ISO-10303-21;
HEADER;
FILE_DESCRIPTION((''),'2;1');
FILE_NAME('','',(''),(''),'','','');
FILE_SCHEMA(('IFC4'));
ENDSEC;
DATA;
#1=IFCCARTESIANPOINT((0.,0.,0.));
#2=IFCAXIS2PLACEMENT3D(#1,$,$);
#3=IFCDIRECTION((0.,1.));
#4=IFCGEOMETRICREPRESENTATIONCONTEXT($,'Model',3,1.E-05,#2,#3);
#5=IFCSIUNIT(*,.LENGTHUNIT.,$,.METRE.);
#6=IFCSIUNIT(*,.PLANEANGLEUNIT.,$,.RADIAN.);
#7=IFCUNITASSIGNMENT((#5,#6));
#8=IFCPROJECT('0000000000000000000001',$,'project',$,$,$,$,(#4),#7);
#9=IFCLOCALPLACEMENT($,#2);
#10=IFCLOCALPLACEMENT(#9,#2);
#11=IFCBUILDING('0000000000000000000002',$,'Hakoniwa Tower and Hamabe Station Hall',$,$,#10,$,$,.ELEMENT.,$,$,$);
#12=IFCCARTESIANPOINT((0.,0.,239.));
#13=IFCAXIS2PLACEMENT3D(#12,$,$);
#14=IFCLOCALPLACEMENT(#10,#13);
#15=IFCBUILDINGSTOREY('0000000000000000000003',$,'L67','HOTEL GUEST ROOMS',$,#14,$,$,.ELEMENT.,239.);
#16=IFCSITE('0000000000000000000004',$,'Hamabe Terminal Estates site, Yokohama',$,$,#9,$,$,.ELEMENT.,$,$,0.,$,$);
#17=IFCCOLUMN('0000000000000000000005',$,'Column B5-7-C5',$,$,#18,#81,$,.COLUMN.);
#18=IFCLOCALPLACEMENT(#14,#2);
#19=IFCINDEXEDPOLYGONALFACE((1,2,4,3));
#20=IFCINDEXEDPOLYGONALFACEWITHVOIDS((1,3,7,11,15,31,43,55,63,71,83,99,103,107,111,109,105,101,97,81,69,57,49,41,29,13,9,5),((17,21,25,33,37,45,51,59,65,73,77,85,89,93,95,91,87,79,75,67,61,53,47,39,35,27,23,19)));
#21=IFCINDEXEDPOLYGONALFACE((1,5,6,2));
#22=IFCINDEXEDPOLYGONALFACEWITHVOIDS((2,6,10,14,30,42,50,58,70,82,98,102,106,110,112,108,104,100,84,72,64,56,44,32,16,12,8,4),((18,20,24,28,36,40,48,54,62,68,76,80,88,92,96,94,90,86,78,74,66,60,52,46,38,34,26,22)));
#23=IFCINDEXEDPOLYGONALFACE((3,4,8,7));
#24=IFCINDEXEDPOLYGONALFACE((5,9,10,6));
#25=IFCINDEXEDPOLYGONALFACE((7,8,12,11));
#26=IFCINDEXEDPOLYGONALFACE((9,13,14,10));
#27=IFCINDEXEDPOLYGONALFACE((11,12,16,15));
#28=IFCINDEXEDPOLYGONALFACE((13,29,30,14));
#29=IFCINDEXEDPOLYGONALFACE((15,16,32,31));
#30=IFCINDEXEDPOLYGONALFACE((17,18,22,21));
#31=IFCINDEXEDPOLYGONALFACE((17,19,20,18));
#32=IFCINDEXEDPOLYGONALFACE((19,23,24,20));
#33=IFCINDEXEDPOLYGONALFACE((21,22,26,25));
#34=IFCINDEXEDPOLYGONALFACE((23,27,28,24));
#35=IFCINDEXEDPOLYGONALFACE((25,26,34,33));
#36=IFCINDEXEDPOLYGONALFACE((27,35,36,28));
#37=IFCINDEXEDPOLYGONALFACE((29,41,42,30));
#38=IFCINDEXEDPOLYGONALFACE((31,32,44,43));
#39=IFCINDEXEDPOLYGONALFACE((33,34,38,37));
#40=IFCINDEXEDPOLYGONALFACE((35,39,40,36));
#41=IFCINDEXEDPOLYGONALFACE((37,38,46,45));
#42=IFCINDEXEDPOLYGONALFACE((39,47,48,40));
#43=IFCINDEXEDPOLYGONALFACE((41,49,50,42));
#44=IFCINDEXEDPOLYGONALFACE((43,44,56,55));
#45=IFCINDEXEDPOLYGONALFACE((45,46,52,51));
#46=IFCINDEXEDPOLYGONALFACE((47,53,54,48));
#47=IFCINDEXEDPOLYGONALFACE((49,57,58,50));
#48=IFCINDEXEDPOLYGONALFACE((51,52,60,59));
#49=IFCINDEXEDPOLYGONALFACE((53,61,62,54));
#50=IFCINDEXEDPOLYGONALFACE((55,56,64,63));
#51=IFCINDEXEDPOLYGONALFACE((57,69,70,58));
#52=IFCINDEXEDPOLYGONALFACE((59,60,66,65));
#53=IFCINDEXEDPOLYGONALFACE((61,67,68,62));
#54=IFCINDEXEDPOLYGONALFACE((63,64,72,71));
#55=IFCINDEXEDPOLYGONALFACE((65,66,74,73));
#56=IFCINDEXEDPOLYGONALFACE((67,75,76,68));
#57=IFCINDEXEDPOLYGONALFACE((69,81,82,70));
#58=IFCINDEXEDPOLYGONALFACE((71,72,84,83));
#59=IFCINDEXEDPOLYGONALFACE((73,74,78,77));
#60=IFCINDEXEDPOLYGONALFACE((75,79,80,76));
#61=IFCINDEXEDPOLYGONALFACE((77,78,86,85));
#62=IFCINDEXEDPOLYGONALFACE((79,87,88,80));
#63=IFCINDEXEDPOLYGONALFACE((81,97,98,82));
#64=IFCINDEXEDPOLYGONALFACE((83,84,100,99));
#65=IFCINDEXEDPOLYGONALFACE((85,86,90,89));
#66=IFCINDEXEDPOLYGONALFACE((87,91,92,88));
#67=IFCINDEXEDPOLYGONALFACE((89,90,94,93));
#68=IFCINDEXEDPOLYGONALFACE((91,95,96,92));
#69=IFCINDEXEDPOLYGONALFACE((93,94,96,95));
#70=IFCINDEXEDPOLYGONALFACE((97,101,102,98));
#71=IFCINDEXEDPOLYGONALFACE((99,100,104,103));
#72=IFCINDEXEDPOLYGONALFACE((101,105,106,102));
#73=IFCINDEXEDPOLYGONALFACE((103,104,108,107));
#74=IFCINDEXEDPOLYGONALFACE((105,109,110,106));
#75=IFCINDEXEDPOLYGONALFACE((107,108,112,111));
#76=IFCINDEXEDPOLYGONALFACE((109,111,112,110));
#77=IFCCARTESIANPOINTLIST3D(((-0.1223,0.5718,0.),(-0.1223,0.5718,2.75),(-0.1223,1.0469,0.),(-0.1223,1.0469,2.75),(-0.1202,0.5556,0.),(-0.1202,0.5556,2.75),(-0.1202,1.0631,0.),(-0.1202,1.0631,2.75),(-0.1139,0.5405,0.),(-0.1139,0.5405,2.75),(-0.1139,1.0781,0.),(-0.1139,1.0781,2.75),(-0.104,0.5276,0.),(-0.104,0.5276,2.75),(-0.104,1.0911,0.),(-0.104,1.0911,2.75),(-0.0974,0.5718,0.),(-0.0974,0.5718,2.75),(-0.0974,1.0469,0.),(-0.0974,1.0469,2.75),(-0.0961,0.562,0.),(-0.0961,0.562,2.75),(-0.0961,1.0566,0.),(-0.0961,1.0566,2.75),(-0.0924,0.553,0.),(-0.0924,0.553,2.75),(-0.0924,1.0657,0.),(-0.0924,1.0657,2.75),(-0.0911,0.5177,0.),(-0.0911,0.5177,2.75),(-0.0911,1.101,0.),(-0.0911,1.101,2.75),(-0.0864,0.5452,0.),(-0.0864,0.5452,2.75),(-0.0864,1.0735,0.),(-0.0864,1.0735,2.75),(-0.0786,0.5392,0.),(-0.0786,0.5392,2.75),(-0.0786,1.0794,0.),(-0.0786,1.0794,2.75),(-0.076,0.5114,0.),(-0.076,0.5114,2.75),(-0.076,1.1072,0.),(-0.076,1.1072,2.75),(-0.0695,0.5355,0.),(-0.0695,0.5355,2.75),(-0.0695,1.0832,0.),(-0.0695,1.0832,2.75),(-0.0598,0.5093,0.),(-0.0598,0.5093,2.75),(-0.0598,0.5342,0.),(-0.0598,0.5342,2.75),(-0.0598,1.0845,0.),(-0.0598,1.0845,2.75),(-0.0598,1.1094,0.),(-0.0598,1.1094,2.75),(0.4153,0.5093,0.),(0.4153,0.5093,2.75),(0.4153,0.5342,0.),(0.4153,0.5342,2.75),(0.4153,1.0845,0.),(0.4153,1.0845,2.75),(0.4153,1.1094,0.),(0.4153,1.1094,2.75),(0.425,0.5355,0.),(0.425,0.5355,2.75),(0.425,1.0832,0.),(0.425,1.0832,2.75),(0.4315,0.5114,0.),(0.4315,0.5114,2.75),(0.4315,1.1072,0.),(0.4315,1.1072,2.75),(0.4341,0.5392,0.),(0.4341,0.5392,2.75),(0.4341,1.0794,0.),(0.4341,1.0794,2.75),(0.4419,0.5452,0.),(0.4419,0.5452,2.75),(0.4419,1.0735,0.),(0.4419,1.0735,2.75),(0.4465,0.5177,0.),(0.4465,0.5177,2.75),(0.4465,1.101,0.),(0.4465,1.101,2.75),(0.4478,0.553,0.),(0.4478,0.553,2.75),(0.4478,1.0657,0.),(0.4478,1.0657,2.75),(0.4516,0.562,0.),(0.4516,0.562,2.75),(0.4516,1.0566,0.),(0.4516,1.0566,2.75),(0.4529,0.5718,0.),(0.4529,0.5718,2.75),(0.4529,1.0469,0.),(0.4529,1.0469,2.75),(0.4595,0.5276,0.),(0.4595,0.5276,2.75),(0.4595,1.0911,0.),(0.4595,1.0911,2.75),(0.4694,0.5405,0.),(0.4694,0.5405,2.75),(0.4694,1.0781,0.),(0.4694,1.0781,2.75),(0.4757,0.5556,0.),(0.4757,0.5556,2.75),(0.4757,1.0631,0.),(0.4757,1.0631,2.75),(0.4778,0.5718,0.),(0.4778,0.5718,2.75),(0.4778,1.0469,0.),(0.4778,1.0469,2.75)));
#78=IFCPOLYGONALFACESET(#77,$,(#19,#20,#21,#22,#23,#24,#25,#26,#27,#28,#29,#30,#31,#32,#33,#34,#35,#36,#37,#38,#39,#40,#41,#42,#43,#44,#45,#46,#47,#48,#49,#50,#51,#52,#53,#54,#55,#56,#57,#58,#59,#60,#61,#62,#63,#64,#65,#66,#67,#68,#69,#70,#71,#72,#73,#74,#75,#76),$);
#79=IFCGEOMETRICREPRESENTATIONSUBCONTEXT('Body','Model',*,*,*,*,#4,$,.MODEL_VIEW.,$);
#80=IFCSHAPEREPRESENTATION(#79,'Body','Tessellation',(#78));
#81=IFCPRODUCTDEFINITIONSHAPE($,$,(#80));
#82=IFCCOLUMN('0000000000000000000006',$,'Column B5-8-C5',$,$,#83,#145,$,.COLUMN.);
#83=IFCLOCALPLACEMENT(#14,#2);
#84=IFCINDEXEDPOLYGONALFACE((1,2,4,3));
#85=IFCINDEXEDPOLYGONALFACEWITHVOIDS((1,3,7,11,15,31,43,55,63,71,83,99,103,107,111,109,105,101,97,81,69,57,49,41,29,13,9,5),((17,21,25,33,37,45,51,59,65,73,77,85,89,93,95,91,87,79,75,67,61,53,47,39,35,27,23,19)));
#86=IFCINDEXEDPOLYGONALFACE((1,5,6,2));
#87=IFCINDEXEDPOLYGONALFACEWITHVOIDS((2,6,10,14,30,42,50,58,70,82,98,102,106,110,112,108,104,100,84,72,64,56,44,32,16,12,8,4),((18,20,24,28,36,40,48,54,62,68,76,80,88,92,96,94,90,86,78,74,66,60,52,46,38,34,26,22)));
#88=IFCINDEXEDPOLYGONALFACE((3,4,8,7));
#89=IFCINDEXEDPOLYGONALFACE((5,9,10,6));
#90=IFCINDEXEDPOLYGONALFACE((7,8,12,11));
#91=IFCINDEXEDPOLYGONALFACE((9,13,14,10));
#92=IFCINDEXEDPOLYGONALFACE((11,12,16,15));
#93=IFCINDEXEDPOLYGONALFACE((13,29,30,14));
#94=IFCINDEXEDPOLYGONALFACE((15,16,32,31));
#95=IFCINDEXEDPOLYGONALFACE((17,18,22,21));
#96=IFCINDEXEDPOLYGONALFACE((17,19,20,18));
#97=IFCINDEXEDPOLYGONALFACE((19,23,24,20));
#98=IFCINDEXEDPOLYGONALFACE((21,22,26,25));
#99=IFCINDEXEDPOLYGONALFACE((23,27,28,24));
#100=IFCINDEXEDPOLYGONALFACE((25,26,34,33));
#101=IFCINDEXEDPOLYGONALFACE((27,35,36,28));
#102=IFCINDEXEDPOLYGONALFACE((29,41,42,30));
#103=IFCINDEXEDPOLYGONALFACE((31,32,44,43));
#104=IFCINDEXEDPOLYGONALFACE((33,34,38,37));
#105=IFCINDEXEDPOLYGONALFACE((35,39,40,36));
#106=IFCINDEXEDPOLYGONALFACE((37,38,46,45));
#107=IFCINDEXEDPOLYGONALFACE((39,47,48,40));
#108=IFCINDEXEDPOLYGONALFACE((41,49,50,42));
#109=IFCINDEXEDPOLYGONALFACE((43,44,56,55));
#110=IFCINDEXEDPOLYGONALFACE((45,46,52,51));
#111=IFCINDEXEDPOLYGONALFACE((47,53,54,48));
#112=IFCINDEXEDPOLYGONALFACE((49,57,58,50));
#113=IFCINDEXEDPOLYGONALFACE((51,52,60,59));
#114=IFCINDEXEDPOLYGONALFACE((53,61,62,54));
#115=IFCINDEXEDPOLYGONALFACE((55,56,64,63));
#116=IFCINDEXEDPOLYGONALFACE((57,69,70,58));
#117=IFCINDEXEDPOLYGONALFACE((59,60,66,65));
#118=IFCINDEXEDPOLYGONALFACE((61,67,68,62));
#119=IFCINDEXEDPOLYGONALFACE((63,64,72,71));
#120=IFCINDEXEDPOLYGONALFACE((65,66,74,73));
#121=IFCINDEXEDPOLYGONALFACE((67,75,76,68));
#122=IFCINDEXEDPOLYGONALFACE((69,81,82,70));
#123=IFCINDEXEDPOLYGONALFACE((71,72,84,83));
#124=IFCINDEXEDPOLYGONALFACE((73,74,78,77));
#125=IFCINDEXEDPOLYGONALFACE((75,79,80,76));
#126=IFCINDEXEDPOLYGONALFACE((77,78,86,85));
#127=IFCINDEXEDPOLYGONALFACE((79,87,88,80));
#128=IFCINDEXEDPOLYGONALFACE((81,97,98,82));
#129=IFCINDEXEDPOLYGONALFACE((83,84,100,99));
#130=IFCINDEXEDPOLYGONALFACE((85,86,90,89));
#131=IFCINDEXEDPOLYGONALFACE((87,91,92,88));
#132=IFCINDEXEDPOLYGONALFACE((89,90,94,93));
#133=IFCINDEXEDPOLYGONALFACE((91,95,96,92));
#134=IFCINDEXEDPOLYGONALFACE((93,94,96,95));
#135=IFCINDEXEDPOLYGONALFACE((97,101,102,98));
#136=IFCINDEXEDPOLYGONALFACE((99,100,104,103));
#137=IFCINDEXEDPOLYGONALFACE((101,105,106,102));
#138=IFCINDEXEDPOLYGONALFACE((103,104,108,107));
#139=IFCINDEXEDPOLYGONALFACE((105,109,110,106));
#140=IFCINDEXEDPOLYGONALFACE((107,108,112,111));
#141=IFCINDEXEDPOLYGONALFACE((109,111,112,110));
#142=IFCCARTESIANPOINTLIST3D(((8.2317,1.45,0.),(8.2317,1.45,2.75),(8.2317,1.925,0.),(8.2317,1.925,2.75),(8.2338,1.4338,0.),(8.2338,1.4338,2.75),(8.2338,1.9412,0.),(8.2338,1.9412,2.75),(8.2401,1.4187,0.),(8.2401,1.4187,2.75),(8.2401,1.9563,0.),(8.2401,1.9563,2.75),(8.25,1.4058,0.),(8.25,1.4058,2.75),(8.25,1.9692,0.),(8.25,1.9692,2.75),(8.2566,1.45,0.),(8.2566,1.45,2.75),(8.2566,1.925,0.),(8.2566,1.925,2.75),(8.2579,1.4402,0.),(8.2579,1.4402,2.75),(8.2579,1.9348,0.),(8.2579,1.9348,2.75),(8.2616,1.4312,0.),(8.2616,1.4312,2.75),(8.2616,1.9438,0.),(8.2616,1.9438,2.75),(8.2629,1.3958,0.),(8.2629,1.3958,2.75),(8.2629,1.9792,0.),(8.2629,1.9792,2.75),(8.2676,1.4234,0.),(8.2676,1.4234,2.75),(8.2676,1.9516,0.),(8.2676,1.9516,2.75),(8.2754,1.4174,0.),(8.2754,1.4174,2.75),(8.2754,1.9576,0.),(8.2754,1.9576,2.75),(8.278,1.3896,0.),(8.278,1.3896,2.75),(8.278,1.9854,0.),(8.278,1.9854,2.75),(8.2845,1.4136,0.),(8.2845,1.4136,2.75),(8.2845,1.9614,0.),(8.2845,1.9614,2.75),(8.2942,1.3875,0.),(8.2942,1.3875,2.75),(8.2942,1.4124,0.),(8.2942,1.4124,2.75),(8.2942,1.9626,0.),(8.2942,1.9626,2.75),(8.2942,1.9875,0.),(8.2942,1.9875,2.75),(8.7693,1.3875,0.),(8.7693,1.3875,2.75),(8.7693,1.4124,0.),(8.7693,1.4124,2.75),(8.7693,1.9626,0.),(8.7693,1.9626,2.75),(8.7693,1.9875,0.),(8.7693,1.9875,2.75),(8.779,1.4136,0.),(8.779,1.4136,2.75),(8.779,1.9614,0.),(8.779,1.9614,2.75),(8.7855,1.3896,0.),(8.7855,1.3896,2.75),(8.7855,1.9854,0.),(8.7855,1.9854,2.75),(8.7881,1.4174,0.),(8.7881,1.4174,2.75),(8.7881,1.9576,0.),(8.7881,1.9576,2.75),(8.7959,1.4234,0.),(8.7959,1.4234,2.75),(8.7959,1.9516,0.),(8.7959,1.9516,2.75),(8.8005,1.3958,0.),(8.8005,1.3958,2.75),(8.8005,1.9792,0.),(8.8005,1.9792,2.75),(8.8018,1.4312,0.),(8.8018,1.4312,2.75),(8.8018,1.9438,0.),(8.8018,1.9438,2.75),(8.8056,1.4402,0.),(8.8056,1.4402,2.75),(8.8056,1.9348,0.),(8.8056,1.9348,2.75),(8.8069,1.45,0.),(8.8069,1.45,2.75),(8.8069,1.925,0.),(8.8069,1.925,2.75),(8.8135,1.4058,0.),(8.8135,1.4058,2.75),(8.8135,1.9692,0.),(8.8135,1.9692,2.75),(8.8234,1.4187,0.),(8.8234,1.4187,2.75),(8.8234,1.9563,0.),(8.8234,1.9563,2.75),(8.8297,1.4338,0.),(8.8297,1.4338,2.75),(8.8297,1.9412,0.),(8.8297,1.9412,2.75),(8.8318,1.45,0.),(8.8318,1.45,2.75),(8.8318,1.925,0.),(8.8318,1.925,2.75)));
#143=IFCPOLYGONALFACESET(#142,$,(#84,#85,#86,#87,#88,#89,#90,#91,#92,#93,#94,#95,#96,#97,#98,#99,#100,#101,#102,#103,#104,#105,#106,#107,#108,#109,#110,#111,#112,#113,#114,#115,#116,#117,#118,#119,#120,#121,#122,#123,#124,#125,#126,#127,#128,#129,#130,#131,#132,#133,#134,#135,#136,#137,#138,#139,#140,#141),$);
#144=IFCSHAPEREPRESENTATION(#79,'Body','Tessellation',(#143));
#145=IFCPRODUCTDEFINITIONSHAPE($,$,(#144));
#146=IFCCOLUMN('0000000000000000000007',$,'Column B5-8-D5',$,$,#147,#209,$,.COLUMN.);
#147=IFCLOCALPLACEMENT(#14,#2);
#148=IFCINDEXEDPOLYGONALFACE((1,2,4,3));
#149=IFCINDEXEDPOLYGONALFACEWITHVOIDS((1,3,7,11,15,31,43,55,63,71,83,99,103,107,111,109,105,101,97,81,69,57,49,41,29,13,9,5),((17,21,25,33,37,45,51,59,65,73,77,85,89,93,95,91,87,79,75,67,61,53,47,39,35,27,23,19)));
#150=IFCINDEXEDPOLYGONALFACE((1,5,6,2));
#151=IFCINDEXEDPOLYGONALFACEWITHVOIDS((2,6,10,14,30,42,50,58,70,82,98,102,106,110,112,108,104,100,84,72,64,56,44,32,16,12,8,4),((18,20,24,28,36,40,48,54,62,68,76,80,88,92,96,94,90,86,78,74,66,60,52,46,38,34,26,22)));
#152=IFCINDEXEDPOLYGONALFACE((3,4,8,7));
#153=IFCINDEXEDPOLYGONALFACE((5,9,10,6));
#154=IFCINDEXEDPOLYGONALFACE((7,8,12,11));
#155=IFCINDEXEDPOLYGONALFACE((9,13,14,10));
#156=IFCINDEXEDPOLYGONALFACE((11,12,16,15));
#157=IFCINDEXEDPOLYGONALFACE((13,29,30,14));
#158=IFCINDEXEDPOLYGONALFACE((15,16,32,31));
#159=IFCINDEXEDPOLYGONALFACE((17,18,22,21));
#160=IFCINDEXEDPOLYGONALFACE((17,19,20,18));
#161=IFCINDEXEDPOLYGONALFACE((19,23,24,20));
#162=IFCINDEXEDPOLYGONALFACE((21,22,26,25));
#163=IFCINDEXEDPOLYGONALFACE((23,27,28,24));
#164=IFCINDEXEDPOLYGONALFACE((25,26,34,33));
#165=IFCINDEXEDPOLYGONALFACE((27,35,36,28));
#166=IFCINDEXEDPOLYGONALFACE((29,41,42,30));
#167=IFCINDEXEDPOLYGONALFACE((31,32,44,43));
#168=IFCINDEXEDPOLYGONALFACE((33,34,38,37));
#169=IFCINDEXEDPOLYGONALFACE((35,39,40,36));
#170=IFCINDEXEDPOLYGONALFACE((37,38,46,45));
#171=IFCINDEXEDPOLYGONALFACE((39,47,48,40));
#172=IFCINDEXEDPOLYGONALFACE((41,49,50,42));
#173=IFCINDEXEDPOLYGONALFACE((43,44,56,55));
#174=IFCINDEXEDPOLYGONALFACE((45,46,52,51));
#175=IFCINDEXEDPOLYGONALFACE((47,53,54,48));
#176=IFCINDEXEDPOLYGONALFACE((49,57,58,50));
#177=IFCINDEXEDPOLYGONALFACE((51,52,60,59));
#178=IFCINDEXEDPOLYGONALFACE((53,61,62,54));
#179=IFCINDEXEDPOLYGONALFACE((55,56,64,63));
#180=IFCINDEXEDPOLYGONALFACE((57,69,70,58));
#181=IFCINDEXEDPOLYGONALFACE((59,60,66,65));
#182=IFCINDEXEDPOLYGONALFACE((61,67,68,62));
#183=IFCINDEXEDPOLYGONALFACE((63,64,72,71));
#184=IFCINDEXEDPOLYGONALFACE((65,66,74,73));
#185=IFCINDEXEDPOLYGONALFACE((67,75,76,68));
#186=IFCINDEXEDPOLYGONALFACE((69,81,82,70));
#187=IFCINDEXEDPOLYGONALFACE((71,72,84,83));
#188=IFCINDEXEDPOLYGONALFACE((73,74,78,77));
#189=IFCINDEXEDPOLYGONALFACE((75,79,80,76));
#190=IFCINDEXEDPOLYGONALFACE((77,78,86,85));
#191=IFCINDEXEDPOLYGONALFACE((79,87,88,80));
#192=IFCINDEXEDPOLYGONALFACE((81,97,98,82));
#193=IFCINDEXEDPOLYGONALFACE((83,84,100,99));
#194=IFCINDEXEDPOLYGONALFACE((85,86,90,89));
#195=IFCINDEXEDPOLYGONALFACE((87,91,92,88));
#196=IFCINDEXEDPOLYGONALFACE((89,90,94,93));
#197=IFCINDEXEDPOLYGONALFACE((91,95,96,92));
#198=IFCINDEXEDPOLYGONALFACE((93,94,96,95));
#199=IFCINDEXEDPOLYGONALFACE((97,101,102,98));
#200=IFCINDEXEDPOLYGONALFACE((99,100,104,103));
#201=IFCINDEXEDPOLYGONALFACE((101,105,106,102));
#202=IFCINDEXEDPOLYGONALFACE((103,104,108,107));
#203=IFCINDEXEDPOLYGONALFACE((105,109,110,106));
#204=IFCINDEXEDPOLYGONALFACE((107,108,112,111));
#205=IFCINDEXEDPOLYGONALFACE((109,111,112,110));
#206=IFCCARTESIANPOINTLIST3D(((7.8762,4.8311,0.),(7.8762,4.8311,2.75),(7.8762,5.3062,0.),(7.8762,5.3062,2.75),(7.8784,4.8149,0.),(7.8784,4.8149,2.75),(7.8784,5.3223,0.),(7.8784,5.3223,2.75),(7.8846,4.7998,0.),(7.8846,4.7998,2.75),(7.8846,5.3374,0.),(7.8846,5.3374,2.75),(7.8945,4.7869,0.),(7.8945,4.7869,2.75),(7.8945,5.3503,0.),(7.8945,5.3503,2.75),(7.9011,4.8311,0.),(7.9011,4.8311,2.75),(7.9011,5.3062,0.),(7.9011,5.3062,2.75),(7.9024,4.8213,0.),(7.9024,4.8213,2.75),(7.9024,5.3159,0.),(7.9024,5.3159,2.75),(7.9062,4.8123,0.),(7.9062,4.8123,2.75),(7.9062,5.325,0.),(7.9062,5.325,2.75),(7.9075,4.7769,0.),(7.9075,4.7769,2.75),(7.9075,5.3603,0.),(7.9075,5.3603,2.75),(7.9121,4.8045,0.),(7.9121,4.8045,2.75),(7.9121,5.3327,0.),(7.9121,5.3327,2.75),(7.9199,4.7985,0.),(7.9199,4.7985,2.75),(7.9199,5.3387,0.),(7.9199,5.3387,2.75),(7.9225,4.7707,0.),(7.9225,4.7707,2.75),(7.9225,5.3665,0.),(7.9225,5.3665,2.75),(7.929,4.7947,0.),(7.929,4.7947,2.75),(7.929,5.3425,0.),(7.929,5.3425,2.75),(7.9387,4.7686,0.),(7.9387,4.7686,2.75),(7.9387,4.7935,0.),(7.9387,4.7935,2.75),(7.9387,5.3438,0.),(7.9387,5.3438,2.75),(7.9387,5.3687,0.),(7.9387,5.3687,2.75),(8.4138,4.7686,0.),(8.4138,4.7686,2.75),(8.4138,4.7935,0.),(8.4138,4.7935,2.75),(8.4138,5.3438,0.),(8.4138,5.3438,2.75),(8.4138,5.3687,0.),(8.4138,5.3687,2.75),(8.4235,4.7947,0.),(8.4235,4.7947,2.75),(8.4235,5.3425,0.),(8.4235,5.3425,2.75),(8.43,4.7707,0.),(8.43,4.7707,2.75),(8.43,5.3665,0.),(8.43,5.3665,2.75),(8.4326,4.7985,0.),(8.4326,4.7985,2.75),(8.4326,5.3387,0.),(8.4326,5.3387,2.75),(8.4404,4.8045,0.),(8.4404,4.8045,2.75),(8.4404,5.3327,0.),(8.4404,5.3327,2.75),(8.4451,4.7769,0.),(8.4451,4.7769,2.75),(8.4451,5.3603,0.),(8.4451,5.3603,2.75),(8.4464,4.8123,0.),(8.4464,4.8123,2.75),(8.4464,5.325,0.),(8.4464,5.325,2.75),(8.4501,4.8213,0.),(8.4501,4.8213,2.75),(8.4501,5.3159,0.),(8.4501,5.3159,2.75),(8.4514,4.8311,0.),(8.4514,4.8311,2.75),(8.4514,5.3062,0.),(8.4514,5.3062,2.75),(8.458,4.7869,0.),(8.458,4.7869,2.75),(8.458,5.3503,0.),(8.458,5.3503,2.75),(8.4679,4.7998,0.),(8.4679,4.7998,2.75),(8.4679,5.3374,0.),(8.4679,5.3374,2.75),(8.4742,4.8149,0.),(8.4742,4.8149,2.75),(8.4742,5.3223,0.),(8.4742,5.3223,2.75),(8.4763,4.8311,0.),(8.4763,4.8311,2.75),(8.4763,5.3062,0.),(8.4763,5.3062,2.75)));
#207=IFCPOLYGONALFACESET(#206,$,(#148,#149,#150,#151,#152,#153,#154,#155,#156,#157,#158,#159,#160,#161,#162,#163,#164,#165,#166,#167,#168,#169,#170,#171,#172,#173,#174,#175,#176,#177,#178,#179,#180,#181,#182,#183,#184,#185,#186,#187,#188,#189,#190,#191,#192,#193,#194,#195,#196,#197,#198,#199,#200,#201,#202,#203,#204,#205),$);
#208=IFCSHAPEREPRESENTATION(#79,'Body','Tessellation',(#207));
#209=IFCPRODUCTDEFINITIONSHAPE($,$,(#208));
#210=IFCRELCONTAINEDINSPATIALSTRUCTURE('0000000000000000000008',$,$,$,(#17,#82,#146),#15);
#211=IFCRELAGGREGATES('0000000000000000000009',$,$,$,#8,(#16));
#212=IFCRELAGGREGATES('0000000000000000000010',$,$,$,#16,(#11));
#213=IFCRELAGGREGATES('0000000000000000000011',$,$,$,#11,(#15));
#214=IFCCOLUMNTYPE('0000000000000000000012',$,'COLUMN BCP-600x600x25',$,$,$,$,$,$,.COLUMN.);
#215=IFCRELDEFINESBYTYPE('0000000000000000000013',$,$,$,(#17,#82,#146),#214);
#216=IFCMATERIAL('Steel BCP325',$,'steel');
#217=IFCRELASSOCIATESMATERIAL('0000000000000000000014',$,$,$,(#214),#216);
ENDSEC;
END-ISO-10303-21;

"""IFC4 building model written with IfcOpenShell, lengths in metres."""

from ifc_helpers import new_model, si_unit, direction, frame, origin, origin_2d, place, context, subcontext, project, spatial, hollow_rectangle, extrude, material, material_profile, profile_set, type_object, element, save


model = new_model("IFC4")

# Units and contexts
model_context = context("Model", 3, precision=1e-05, world=origin(), true_north=direction((0.0, 1.0)))
body_context = subcontext(model_context, "Body", "Model", "MODEL_VIEW")
ifc_project = project(units=[si_unit("LENGTHUNIT", "METRE"), si_unit("PLANEANGLEUNIT", "RADIAN")], contexts=[model_context])

# Site, building, storey
site_placement = place(None, origin())
site = spatial("IfcSite", under=ifc_project, at=site_placement, Name="Hamabe Terminal Estates site, Yokohama", CompositionType="ELEMENT", RefElevation=0.0)
building_placement = place(site_placement, origin())
building = spatial("IfcBuilding", under=site, at=building_placement, Name="Hakoniwa Tower and Hamabe Station Hall", CompositionType="ELEMENT")
storey_placement = place(building_placement, frame((0.0, 0.0, 239.0)))
storey = spatial("IfcBuildingStorey", under=building, at=storey_placement, Name="L67", Description="HOTEL GUEST ROOMS", CompositionType="ELEMENT", Elevation=239.0)

# Columns
ifc_material_1 = material(Name="Steel BCP325", Category="steel")
ifc_material_profile_1 = material_profile(ifc_material_1, hollow_rectangle(XDim=0.6001, YDim=0.6001, WallThickness=0.0249, InnerFilletRadius=0.0376, OuterFilletRadius=0.0625, at=origin_2d()), Name="BCP-600x600x25")
ifc_profile_set_1 = profile_set([ifc_material_profile_1], Name="Steel BCP325")
column_type_1 = type_object("IfcColumnType", Name="COLUMN BCP-600x600x25", PredefinedType="COLUMN", material=ifc_profile_set_1)
for number, where, z_axis, x_axis, name in (
    (1, (0.1777, 0.8093, 0.0), (0.0, 0.0, 1.0), (1.0, 0.0, 0.0), "Column B5-7-C5"),
    (2, (8.5317, 1.6875, 0.0), (0.0, 0.0, 1.0), (1.0, 0.0, 0.0), "Column B5-8-C5"),
    (3, (8.1763, 5.0686, 0.0), (0.0, 0.0, 1.0), (1.0, 0.0, 0.0), "Column B5-8-D5"),
):
    element("IfcColumn", number, at=place(storey_placement, frame(where, z_axis=z_axis, x_axis=x_axis)), inside=storey, type_object=column_type_1, Name=name, PredefinedType="COLUMN", context=body_context, shape_type="SweptSolid", body=[
        extrude(hollow_rectangle(XDim=0.6001, YDim=0.6001, WallThickness=0.0249, InnerFilletRadius=0.0376, OuterFilletRadius=0.0625, at=origin_2d()), origin(), (0.0, 0.0, 1.0), 2.75),
    ])

save(model, "model.ifc")
